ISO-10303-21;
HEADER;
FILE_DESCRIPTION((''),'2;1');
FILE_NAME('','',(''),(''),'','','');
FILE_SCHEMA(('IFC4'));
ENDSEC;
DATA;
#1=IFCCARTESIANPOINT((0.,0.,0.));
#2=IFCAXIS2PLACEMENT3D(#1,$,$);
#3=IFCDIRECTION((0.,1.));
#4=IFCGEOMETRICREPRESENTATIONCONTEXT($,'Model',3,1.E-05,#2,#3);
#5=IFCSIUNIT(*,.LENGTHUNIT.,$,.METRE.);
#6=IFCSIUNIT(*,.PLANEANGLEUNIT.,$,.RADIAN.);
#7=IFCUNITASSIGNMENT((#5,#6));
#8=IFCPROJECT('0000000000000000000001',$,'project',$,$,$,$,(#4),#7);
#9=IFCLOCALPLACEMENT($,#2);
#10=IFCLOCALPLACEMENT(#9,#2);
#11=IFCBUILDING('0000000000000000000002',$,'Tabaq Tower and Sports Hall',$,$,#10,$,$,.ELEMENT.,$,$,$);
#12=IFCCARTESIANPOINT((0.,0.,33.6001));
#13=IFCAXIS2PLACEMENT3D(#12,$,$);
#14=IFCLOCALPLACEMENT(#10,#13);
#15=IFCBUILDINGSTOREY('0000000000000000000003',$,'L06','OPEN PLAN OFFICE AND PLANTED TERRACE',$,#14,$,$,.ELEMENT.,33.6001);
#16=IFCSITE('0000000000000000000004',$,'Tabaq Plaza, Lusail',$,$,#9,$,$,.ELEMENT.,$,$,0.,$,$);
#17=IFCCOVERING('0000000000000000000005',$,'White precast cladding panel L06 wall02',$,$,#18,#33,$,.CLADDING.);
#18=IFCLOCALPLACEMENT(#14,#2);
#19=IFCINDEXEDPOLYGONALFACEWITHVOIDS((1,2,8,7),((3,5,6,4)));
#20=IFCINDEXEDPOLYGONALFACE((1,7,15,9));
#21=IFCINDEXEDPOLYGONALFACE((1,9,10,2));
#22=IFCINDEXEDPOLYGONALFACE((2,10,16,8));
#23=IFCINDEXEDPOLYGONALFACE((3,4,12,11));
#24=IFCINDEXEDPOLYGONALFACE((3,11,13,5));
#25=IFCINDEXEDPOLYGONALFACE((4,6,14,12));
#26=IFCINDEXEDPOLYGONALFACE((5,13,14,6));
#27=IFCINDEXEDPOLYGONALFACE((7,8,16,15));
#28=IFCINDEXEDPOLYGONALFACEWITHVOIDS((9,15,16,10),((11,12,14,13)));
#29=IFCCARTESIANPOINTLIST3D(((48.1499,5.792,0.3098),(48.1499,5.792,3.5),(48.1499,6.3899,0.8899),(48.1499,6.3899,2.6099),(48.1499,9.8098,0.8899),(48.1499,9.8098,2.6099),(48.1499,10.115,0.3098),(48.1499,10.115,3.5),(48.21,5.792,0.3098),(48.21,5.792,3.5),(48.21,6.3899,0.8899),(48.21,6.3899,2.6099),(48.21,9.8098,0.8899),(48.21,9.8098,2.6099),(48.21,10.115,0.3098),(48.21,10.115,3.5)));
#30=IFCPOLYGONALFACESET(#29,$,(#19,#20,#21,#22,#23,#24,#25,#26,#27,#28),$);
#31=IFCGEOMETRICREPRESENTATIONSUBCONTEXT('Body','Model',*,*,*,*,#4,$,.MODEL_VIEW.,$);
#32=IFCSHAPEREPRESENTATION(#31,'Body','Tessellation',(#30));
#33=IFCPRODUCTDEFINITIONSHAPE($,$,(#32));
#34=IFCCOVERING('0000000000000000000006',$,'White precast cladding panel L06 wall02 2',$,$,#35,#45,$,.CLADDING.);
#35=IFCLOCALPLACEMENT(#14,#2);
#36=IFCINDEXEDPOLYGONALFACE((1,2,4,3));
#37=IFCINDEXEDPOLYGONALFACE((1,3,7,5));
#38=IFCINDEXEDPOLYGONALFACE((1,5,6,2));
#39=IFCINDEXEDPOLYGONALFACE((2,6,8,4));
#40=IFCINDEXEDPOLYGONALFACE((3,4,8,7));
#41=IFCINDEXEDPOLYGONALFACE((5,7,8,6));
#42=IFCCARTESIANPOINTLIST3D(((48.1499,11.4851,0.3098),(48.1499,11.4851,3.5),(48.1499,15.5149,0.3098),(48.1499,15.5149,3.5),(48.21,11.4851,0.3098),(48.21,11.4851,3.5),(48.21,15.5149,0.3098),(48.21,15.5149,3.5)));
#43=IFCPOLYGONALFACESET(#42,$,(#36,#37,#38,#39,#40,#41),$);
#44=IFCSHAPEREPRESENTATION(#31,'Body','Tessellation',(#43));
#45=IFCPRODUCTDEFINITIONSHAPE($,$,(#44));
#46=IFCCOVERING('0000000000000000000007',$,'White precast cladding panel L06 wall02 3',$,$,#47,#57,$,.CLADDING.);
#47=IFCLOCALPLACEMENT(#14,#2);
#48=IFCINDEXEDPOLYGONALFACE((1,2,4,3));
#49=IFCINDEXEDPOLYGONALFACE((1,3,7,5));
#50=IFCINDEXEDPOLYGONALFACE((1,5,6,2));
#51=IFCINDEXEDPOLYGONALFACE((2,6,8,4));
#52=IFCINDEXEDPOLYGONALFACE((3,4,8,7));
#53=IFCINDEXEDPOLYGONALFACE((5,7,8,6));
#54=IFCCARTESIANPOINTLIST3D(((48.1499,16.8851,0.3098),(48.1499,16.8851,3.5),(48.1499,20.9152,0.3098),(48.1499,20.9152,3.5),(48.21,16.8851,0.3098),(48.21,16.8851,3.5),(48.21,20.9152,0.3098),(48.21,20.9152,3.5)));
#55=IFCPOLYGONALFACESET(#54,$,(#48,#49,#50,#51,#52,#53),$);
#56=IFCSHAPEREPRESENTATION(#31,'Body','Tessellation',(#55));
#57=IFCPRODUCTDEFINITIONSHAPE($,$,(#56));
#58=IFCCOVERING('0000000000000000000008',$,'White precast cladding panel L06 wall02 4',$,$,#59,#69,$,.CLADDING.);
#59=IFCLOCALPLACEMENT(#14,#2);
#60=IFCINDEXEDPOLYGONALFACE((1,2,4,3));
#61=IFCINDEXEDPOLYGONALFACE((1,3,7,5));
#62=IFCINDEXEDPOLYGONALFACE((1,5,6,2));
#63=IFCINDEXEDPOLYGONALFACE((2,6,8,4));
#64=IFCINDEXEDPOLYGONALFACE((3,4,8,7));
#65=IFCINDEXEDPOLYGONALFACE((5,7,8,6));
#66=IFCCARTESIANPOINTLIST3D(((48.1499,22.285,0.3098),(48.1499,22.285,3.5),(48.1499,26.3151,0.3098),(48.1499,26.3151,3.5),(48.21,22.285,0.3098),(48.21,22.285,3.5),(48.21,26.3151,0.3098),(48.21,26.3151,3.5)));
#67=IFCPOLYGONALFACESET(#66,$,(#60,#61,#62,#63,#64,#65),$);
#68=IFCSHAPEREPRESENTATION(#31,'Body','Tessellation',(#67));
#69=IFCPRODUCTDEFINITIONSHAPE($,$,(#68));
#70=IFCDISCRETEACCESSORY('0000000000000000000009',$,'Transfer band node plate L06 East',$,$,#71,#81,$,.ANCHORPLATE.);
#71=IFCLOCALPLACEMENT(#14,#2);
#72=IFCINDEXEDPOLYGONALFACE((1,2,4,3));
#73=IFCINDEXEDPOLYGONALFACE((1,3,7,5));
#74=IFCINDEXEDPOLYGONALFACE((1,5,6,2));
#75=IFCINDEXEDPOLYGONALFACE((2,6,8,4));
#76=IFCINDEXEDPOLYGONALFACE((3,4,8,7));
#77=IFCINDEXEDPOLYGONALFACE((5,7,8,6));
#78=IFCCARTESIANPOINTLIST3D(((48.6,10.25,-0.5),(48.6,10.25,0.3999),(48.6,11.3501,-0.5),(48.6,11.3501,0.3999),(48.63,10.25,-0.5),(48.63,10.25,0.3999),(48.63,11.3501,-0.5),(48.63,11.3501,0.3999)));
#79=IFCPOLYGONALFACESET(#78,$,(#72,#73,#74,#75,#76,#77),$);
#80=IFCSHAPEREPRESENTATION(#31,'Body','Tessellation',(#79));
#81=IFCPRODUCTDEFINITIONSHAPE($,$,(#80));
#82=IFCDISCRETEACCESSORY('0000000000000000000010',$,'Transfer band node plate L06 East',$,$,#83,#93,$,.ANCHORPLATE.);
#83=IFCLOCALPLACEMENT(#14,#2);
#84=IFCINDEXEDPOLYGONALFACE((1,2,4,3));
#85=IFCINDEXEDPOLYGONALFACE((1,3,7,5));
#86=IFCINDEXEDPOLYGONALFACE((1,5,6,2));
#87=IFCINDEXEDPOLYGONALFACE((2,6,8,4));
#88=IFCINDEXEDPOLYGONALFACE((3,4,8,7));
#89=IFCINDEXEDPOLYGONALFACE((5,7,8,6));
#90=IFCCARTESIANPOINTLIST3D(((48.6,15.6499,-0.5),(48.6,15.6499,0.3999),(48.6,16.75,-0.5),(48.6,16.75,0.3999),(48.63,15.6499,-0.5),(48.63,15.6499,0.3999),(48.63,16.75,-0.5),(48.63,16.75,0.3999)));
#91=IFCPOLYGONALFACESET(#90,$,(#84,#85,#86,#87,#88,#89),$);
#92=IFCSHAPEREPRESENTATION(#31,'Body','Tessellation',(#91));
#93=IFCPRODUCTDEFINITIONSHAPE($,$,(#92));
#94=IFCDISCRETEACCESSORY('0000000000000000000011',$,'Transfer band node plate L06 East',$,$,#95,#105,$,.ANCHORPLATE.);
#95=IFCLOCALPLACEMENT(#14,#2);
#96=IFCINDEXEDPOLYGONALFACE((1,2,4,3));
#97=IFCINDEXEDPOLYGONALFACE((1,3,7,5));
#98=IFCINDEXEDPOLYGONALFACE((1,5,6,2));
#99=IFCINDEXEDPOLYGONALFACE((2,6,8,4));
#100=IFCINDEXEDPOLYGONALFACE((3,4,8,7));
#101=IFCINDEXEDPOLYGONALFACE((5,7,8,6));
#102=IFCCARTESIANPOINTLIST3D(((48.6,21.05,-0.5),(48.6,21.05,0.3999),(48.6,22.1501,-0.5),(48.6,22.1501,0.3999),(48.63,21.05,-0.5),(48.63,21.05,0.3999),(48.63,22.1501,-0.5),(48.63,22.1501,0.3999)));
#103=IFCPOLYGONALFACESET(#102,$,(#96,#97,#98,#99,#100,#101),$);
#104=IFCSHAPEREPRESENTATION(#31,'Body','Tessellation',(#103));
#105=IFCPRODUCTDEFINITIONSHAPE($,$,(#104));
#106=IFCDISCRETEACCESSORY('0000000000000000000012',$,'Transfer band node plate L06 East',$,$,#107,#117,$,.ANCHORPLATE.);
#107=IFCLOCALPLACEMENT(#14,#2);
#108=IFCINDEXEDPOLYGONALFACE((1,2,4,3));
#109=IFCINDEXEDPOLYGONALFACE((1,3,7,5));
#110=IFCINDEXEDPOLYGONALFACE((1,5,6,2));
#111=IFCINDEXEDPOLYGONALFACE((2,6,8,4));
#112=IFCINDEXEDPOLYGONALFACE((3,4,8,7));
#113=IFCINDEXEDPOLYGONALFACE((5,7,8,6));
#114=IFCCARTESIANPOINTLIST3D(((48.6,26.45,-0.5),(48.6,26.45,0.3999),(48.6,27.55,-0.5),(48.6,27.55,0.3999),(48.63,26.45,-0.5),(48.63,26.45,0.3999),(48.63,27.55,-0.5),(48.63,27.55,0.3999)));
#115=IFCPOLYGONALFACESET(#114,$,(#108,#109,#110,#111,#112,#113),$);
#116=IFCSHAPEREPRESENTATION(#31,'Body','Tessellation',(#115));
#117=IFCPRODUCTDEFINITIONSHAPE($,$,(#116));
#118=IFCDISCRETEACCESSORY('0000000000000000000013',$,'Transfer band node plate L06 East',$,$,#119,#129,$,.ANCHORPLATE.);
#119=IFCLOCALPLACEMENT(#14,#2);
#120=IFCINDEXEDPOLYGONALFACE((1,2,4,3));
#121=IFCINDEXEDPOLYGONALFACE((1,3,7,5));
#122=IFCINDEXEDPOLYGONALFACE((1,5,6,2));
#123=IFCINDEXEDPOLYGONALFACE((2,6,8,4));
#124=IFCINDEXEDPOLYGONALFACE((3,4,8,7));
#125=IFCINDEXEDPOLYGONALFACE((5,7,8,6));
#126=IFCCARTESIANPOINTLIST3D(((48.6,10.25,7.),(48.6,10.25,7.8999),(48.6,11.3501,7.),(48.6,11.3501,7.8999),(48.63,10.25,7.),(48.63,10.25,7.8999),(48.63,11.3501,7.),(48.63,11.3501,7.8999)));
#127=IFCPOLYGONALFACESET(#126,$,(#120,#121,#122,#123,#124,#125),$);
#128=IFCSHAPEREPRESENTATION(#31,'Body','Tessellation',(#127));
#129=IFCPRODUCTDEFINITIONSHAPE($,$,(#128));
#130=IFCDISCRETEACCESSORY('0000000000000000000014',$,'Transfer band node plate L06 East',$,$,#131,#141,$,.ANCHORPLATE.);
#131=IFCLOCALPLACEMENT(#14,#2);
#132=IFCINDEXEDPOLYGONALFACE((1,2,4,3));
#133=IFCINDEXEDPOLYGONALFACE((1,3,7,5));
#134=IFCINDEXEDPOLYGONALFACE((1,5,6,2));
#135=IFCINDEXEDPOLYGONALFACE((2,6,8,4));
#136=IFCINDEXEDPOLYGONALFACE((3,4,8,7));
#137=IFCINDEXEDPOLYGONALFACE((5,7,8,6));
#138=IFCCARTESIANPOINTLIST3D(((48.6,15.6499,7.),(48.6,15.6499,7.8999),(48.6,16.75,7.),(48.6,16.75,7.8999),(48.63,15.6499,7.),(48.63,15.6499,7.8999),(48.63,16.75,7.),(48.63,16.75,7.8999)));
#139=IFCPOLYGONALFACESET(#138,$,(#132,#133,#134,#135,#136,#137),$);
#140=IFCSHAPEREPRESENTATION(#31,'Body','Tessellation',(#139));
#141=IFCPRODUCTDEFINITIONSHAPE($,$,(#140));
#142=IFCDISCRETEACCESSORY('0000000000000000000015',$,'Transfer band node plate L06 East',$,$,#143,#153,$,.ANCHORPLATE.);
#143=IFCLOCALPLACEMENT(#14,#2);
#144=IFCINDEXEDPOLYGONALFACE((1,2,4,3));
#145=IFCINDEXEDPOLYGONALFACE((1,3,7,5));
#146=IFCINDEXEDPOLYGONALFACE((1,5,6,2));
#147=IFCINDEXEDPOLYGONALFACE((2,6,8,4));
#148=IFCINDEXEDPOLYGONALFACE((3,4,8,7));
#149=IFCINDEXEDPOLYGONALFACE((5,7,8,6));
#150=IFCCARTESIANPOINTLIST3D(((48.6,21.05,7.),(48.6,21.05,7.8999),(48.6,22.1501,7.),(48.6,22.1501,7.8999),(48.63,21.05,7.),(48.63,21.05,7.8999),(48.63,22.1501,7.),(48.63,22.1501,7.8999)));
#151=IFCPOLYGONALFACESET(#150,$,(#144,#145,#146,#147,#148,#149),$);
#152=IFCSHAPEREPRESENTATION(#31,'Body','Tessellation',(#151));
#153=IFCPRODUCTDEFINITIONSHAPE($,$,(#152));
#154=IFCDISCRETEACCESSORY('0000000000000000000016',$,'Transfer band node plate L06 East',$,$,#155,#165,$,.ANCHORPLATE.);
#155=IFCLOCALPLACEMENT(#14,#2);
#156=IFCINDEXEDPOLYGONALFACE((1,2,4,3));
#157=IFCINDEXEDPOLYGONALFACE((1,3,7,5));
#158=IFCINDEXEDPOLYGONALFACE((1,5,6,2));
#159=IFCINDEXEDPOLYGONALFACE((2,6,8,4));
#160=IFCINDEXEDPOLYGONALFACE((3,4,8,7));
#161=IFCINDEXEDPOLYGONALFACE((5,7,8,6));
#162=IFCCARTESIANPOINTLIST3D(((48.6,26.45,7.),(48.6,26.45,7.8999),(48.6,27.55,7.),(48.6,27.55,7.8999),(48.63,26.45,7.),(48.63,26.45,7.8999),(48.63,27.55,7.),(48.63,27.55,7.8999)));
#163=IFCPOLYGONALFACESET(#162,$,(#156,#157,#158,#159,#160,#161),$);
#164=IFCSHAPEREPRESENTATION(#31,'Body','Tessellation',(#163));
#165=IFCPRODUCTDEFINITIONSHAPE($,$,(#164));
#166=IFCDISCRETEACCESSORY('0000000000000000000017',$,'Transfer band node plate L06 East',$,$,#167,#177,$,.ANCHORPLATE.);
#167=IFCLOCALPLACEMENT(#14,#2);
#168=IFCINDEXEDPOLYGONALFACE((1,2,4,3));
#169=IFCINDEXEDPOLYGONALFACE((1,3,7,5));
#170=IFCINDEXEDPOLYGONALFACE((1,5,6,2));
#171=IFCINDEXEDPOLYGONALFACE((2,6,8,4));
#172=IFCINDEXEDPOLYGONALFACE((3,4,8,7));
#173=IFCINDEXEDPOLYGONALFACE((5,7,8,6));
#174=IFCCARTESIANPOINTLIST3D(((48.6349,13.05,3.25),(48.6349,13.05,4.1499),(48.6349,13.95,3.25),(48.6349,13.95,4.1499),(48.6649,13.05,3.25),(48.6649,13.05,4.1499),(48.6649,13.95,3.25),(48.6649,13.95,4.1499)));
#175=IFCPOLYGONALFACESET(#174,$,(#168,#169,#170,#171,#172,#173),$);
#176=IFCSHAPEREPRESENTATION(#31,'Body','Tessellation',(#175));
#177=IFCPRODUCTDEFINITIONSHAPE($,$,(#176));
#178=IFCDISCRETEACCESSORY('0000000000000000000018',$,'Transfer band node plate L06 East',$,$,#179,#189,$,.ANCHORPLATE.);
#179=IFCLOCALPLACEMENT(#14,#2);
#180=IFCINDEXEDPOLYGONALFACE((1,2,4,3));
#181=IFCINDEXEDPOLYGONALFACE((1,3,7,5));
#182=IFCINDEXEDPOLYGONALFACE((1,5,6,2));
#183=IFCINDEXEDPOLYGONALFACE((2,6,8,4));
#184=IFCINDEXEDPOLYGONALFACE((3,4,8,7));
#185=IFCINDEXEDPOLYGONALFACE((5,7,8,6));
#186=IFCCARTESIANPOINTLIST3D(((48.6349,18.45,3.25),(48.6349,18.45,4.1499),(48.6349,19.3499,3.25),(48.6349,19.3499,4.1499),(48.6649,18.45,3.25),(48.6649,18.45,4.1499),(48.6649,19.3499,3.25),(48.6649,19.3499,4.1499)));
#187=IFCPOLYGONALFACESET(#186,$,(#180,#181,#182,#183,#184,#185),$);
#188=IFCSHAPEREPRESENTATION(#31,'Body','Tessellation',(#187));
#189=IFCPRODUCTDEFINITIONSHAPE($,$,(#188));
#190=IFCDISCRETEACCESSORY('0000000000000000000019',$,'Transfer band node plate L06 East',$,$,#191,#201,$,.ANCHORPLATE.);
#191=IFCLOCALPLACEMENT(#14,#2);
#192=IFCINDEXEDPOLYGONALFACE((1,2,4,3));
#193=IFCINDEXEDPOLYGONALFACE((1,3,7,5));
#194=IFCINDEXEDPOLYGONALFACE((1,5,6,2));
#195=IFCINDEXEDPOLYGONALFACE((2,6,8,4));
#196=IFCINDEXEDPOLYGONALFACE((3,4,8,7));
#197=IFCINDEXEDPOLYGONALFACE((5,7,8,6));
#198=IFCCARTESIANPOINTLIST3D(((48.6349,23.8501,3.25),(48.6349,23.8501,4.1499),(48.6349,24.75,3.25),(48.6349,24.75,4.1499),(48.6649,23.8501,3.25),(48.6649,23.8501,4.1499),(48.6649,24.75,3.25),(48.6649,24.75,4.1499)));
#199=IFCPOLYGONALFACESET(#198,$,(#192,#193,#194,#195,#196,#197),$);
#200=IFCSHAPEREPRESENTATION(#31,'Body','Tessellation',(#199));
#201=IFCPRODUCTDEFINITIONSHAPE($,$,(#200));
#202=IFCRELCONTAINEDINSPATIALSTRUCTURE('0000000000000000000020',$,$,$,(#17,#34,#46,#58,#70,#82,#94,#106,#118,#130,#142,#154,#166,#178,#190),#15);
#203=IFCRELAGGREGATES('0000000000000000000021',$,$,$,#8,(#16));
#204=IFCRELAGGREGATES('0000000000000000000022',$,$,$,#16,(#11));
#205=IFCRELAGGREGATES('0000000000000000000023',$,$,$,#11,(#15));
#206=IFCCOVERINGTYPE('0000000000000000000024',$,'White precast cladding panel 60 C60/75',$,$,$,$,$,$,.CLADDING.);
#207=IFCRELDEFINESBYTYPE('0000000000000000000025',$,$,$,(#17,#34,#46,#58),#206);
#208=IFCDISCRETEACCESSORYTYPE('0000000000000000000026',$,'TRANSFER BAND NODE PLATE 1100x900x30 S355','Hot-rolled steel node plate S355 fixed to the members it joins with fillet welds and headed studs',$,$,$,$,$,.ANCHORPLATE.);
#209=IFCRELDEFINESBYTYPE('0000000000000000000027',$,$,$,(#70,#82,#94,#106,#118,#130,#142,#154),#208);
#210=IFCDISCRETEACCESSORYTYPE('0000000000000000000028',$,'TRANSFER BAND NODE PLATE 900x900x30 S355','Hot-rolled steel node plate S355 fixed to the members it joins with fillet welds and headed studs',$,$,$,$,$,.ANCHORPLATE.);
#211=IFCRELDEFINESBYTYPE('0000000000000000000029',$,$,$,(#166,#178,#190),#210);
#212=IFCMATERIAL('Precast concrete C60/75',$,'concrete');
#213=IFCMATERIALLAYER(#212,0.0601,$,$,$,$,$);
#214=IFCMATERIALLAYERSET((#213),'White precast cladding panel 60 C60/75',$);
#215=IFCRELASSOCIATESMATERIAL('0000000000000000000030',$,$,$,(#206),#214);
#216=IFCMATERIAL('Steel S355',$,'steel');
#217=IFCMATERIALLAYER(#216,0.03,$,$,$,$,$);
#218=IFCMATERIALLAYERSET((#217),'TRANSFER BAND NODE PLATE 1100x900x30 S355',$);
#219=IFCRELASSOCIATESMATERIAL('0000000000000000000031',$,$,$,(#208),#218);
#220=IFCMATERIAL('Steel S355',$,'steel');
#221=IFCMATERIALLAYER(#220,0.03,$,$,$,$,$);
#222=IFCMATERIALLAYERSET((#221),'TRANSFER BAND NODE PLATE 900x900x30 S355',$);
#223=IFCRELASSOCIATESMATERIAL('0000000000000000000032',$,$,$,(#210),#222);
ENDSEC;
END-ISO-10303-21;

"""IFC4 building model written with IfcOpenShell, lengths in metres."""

from ifc_helpers import new_model, si_unit, direction, frame, frame_2d, origin, origin_2d, place, context, subcontext, project, spatial, polyline, rectangle, outline, extrude, material, layer, layer_set, type_object, element, save


model = new_model("IFC4")

# Units and contexts
model_context = context("Model", 3, precision=1e-05, world=origin(), true_north=direction((0.0, 1.0)))
body_context = subcontext(model_context, "Body", "Model", "MODEL_VIEW")
ifc_project = project(units=[si_unit("LENGTHUNIT", "METRE"), si_unit("PLANEANGLEUNIT", "RADIAN")], contexts=[model_context])

# Site, building, storey
site_placement = place(None, origin())
site = spatial("IfcSite", under=ifc_project, at=site_placement, Name="Tabaq Plaza, Lusail", CompositionType="ELEMENT", RefElevation=0.0)
building_placement = place(site_placement, origin())
building = spatial("IfcBuilding", under=site, at=building_placement, Name="Tabaq Tower and Sports Hall", CompositionType="ELEMENT")
storey_placement = place(building_placement, frame((0.0, 0.0, 33.6001)))
storey = spatial("IfcBuildingStorey", under=building, at=storey_placement, Name="L06", Description="OPEN PLAN OFFICE AND PLANTED TERRACE", CompositionType="ELEMENT", Elevation=33.6001)

# Coverings
ifc_material_1 = material(Name="Precast concrete C60/75", Category="concrete")
ifc_layer_1 = layer(ifc_material_1, 0.0601)
ifc_layer_set_1 = layer_set([ifc_layer_1], Name="White precast cladding panel 60 C60/75")
covering_type_1 = type_object("IfcCoveringType", Name="White precast cladding panel 60 C60/75", PredefinedType="CLADDING", material=ifc_layer_set_1)
covering_1_placement = place(storey_placement, frame((48.1799, 5.792, 0.3098), z_axis=(0.0, 0.0, 1.0), x_axis=(0.0, 1.0, 0.0)))
element("IfcCovering", 1, at=covering_1_placement, inside=storey, type_object=covering_type_1, Name="White precast cladding panel L06 wall02", PredefinedType="CLADDING", context=body_context, shape_type="SweptSolid", body=[
    extrude(outline(polyline([(0.0, 0.0), (4.323, 0.0), (4.323, 3.1902), (0.0, 3.1902), (0.0, 0.0)]), holes=[polyline([(0.5979, 0.5801), (0.5979, 2.3), (4.0178, 2.3), (4.0178, 0.5801), (0.5979, 0.5801)])]), frame((0.0, 0.03, 0.0), z_axis=(0.0, -1.0, 0.0), x_axis=(1.0, 0.0, 0.0)), (0.0, 0.0, 1.0), 0.0601),
])
covering_2_placement = place(storey_placement, frame((48.1799, 11.4851, 0.3098), z_axis=(0.0, 0.0, 1.0), x_axis=(0.0, 1.0, 0.0)))
element("IfcCovering", 2, at=covering_2_placement, inside=storey, type_object=covering_type_1, Name="White precast cladding panel L06 wall02 2", PredefinedType="CLADDING", context=body_context, shape_type="SweptSolid", body=[
    extrude(rectangle(XDim=4.0298, YDim=0.0601, at=frame_2d((2.0149, 0.0))), origin(), (0.0, 0.0, 1.0), 3.1902),
])
for number, where, z_axis, x_axis, name in (
    (3, (48.1799, 16.885, 0.3098), (0.0, 0.0, 1.0), (0.0, 1.0, 0.0), "White precast cladding panel L06 wall02 3"),
    (4, (48.1799, 22.2849, 0.3098), (0.0, 0.0, 1.0), (0.0, 1.0, 0.0), "White precast cladding panel L06 wall02 4"),
):
    element("IfcCovering", number, at=place(storey_placement, frame(where, z_axis=z_axis, x_axis=x_axis)), inside=storey, type_object=covering_type_1, Name=name, PredefinedType="CLADDING", context=body_context, shape_type="SweptSolid", body=[
        extrude(rectangle(XDim=4.03, YDim=0.0601, at=frame_2d((2.0151, 0.0))), origin(), (0.0, 0.0, 1.0), 3.1902),
    ])

# Discrete accessories
ifc_material_2 = material(Name="Steel S355", Category="steel")
ifc_layer_2 = layer(ifc_material_2, 0.03)
ifc_layer_set_2 = layer_set([ifc_layer_2], Name="TRANSFER BAND NODE PLATE 1100x900x30 S355")
discrete_accessory_type_1 = type_object("IfcDiscreteAccessoryType", Name="TRANSFER BAND NODE PLATE 1100x900x30 S355", Description="Hot-rolled steel node plate S355 fixed to the members it joins with fillet welds and headed studs", PredefinedType="ANCHORPLATE", material=ifc_layer_set_2)
for number, where, z_axis, x_axis, name in (
    (5, (48.615, 10.8, -0.5), (0.0, 0.0, 1.0), (0.0, 1.0, 0.0), "Transfer band node plate L06 East"),
    (6, (48.615, 16.2, -0.5), (0.0, 0.0, 1.0), (0.0, 1.0, 0.0), "Transfer band node plate L06 East"),
    (7, (48.615, 21.6001, -0.5), (0.0, 0.0, 1.0), (0.0, 1.0, 0.0), "Transfer band node plate L06 East"),
    (8, (48.615, 27.0, -0.5), (0.0, 0.0, 1.0), (0.0, 1.0, 0.0), "Transfer band node plate L06 East"),
    (9, (48.615, 10.8, 7.0), (0.0, 0.0, 1.0), (0.0, 1.0, 0.0), "Transfer band node plate L06 East"),
    (10, (48.615, 16.2, 7.0), (0.0, 0.0, 1.0), (0.0, 1.0, 0.0), "Transfer band node plate L06 East"),
    (11, (48.615, 21.6001, 7.0), (0.0, 0.0, 1.0), (0.0, 1.0, 0.0), "Transfer band node plate L06 East"),
    (12, (48.615, 27.0, 7.0), (0.0, 0.0, 1.0), (0.0, 1.0, 0.0), "Transfer band node plate L06 East"),
):
    element("IfcDiscreteAccessory", number, at=place(storey_placement, frame(where, z_axis=z_axis, x_axis=x_axis)), inside=storey, type_object=discrete_accessory_type_1, Name=name, PredefinedType="ANCHORPLATE", context=body_context, shape_type="SweptSolid", body=[
        extrude(rectangle(XDim=1.1001, YDim=0.03, at=origin_2d()), origin(), (0.0, 0.0, 1.0), 0.8999),
    ])
ifc_material_3 = material(Name="Steel S355", Category="steel")
ifc_layer_3 = layer(ifc_material_3, 0.03)
ifc_layer_set_3 = layer_set([ifc_layer_3], Name="TRANSFER BAND NODE PLATE 900x900x30 S355")
discrete_accessory_type_2 = type_object("IfcDiscreteAccessoryType", Name="TRANSFER BAND NODE PLATE 900x900x30 S355", Description="Hot-rolled steel node plate S355 fixed to the members it joins with fillet welds and headed studs", PredefinedType="ANCHORPLATE", material=ifc_layer_set_3)
for number, where, z_axis, x_axis, name in (
    (13, (48.6499, 13.5, 3.25), (0.0, 0.0, 1.0), (0.0, 1.0, 0.0), "Transfer band node plate L06 East"),
    (14, (48.6499, 18.8999, 3.25), (0.0, 0.0, 1.0), (0.0, 1.0, 0.0), "Transfer band node plate L06 East"),
    (15, (48.6499, 24.3, 3.25), (0.0, 0.0, 1.0), (0.0, 1.0, 0.0), "Transfer band node plate L06 East"),
):
    element("IfcDiscreteAccessory", number, at=place(storey_placement, frame(where, z_axis=z_axis, x_axis=x_axis)), inside=storey, type_object=discrete_accessory_type_2, Name=name, PredefinedType="ANCHORPLATE", context=body_context, shape_type="SweptSolid", body=[
        extrude(rectangle(XDim=0.8999, YDim=0.03, at=origin_2d()), origin(), (0.0, 0.0, 1.0), 0.8999),
    ])

save(model, "model.ifc")
